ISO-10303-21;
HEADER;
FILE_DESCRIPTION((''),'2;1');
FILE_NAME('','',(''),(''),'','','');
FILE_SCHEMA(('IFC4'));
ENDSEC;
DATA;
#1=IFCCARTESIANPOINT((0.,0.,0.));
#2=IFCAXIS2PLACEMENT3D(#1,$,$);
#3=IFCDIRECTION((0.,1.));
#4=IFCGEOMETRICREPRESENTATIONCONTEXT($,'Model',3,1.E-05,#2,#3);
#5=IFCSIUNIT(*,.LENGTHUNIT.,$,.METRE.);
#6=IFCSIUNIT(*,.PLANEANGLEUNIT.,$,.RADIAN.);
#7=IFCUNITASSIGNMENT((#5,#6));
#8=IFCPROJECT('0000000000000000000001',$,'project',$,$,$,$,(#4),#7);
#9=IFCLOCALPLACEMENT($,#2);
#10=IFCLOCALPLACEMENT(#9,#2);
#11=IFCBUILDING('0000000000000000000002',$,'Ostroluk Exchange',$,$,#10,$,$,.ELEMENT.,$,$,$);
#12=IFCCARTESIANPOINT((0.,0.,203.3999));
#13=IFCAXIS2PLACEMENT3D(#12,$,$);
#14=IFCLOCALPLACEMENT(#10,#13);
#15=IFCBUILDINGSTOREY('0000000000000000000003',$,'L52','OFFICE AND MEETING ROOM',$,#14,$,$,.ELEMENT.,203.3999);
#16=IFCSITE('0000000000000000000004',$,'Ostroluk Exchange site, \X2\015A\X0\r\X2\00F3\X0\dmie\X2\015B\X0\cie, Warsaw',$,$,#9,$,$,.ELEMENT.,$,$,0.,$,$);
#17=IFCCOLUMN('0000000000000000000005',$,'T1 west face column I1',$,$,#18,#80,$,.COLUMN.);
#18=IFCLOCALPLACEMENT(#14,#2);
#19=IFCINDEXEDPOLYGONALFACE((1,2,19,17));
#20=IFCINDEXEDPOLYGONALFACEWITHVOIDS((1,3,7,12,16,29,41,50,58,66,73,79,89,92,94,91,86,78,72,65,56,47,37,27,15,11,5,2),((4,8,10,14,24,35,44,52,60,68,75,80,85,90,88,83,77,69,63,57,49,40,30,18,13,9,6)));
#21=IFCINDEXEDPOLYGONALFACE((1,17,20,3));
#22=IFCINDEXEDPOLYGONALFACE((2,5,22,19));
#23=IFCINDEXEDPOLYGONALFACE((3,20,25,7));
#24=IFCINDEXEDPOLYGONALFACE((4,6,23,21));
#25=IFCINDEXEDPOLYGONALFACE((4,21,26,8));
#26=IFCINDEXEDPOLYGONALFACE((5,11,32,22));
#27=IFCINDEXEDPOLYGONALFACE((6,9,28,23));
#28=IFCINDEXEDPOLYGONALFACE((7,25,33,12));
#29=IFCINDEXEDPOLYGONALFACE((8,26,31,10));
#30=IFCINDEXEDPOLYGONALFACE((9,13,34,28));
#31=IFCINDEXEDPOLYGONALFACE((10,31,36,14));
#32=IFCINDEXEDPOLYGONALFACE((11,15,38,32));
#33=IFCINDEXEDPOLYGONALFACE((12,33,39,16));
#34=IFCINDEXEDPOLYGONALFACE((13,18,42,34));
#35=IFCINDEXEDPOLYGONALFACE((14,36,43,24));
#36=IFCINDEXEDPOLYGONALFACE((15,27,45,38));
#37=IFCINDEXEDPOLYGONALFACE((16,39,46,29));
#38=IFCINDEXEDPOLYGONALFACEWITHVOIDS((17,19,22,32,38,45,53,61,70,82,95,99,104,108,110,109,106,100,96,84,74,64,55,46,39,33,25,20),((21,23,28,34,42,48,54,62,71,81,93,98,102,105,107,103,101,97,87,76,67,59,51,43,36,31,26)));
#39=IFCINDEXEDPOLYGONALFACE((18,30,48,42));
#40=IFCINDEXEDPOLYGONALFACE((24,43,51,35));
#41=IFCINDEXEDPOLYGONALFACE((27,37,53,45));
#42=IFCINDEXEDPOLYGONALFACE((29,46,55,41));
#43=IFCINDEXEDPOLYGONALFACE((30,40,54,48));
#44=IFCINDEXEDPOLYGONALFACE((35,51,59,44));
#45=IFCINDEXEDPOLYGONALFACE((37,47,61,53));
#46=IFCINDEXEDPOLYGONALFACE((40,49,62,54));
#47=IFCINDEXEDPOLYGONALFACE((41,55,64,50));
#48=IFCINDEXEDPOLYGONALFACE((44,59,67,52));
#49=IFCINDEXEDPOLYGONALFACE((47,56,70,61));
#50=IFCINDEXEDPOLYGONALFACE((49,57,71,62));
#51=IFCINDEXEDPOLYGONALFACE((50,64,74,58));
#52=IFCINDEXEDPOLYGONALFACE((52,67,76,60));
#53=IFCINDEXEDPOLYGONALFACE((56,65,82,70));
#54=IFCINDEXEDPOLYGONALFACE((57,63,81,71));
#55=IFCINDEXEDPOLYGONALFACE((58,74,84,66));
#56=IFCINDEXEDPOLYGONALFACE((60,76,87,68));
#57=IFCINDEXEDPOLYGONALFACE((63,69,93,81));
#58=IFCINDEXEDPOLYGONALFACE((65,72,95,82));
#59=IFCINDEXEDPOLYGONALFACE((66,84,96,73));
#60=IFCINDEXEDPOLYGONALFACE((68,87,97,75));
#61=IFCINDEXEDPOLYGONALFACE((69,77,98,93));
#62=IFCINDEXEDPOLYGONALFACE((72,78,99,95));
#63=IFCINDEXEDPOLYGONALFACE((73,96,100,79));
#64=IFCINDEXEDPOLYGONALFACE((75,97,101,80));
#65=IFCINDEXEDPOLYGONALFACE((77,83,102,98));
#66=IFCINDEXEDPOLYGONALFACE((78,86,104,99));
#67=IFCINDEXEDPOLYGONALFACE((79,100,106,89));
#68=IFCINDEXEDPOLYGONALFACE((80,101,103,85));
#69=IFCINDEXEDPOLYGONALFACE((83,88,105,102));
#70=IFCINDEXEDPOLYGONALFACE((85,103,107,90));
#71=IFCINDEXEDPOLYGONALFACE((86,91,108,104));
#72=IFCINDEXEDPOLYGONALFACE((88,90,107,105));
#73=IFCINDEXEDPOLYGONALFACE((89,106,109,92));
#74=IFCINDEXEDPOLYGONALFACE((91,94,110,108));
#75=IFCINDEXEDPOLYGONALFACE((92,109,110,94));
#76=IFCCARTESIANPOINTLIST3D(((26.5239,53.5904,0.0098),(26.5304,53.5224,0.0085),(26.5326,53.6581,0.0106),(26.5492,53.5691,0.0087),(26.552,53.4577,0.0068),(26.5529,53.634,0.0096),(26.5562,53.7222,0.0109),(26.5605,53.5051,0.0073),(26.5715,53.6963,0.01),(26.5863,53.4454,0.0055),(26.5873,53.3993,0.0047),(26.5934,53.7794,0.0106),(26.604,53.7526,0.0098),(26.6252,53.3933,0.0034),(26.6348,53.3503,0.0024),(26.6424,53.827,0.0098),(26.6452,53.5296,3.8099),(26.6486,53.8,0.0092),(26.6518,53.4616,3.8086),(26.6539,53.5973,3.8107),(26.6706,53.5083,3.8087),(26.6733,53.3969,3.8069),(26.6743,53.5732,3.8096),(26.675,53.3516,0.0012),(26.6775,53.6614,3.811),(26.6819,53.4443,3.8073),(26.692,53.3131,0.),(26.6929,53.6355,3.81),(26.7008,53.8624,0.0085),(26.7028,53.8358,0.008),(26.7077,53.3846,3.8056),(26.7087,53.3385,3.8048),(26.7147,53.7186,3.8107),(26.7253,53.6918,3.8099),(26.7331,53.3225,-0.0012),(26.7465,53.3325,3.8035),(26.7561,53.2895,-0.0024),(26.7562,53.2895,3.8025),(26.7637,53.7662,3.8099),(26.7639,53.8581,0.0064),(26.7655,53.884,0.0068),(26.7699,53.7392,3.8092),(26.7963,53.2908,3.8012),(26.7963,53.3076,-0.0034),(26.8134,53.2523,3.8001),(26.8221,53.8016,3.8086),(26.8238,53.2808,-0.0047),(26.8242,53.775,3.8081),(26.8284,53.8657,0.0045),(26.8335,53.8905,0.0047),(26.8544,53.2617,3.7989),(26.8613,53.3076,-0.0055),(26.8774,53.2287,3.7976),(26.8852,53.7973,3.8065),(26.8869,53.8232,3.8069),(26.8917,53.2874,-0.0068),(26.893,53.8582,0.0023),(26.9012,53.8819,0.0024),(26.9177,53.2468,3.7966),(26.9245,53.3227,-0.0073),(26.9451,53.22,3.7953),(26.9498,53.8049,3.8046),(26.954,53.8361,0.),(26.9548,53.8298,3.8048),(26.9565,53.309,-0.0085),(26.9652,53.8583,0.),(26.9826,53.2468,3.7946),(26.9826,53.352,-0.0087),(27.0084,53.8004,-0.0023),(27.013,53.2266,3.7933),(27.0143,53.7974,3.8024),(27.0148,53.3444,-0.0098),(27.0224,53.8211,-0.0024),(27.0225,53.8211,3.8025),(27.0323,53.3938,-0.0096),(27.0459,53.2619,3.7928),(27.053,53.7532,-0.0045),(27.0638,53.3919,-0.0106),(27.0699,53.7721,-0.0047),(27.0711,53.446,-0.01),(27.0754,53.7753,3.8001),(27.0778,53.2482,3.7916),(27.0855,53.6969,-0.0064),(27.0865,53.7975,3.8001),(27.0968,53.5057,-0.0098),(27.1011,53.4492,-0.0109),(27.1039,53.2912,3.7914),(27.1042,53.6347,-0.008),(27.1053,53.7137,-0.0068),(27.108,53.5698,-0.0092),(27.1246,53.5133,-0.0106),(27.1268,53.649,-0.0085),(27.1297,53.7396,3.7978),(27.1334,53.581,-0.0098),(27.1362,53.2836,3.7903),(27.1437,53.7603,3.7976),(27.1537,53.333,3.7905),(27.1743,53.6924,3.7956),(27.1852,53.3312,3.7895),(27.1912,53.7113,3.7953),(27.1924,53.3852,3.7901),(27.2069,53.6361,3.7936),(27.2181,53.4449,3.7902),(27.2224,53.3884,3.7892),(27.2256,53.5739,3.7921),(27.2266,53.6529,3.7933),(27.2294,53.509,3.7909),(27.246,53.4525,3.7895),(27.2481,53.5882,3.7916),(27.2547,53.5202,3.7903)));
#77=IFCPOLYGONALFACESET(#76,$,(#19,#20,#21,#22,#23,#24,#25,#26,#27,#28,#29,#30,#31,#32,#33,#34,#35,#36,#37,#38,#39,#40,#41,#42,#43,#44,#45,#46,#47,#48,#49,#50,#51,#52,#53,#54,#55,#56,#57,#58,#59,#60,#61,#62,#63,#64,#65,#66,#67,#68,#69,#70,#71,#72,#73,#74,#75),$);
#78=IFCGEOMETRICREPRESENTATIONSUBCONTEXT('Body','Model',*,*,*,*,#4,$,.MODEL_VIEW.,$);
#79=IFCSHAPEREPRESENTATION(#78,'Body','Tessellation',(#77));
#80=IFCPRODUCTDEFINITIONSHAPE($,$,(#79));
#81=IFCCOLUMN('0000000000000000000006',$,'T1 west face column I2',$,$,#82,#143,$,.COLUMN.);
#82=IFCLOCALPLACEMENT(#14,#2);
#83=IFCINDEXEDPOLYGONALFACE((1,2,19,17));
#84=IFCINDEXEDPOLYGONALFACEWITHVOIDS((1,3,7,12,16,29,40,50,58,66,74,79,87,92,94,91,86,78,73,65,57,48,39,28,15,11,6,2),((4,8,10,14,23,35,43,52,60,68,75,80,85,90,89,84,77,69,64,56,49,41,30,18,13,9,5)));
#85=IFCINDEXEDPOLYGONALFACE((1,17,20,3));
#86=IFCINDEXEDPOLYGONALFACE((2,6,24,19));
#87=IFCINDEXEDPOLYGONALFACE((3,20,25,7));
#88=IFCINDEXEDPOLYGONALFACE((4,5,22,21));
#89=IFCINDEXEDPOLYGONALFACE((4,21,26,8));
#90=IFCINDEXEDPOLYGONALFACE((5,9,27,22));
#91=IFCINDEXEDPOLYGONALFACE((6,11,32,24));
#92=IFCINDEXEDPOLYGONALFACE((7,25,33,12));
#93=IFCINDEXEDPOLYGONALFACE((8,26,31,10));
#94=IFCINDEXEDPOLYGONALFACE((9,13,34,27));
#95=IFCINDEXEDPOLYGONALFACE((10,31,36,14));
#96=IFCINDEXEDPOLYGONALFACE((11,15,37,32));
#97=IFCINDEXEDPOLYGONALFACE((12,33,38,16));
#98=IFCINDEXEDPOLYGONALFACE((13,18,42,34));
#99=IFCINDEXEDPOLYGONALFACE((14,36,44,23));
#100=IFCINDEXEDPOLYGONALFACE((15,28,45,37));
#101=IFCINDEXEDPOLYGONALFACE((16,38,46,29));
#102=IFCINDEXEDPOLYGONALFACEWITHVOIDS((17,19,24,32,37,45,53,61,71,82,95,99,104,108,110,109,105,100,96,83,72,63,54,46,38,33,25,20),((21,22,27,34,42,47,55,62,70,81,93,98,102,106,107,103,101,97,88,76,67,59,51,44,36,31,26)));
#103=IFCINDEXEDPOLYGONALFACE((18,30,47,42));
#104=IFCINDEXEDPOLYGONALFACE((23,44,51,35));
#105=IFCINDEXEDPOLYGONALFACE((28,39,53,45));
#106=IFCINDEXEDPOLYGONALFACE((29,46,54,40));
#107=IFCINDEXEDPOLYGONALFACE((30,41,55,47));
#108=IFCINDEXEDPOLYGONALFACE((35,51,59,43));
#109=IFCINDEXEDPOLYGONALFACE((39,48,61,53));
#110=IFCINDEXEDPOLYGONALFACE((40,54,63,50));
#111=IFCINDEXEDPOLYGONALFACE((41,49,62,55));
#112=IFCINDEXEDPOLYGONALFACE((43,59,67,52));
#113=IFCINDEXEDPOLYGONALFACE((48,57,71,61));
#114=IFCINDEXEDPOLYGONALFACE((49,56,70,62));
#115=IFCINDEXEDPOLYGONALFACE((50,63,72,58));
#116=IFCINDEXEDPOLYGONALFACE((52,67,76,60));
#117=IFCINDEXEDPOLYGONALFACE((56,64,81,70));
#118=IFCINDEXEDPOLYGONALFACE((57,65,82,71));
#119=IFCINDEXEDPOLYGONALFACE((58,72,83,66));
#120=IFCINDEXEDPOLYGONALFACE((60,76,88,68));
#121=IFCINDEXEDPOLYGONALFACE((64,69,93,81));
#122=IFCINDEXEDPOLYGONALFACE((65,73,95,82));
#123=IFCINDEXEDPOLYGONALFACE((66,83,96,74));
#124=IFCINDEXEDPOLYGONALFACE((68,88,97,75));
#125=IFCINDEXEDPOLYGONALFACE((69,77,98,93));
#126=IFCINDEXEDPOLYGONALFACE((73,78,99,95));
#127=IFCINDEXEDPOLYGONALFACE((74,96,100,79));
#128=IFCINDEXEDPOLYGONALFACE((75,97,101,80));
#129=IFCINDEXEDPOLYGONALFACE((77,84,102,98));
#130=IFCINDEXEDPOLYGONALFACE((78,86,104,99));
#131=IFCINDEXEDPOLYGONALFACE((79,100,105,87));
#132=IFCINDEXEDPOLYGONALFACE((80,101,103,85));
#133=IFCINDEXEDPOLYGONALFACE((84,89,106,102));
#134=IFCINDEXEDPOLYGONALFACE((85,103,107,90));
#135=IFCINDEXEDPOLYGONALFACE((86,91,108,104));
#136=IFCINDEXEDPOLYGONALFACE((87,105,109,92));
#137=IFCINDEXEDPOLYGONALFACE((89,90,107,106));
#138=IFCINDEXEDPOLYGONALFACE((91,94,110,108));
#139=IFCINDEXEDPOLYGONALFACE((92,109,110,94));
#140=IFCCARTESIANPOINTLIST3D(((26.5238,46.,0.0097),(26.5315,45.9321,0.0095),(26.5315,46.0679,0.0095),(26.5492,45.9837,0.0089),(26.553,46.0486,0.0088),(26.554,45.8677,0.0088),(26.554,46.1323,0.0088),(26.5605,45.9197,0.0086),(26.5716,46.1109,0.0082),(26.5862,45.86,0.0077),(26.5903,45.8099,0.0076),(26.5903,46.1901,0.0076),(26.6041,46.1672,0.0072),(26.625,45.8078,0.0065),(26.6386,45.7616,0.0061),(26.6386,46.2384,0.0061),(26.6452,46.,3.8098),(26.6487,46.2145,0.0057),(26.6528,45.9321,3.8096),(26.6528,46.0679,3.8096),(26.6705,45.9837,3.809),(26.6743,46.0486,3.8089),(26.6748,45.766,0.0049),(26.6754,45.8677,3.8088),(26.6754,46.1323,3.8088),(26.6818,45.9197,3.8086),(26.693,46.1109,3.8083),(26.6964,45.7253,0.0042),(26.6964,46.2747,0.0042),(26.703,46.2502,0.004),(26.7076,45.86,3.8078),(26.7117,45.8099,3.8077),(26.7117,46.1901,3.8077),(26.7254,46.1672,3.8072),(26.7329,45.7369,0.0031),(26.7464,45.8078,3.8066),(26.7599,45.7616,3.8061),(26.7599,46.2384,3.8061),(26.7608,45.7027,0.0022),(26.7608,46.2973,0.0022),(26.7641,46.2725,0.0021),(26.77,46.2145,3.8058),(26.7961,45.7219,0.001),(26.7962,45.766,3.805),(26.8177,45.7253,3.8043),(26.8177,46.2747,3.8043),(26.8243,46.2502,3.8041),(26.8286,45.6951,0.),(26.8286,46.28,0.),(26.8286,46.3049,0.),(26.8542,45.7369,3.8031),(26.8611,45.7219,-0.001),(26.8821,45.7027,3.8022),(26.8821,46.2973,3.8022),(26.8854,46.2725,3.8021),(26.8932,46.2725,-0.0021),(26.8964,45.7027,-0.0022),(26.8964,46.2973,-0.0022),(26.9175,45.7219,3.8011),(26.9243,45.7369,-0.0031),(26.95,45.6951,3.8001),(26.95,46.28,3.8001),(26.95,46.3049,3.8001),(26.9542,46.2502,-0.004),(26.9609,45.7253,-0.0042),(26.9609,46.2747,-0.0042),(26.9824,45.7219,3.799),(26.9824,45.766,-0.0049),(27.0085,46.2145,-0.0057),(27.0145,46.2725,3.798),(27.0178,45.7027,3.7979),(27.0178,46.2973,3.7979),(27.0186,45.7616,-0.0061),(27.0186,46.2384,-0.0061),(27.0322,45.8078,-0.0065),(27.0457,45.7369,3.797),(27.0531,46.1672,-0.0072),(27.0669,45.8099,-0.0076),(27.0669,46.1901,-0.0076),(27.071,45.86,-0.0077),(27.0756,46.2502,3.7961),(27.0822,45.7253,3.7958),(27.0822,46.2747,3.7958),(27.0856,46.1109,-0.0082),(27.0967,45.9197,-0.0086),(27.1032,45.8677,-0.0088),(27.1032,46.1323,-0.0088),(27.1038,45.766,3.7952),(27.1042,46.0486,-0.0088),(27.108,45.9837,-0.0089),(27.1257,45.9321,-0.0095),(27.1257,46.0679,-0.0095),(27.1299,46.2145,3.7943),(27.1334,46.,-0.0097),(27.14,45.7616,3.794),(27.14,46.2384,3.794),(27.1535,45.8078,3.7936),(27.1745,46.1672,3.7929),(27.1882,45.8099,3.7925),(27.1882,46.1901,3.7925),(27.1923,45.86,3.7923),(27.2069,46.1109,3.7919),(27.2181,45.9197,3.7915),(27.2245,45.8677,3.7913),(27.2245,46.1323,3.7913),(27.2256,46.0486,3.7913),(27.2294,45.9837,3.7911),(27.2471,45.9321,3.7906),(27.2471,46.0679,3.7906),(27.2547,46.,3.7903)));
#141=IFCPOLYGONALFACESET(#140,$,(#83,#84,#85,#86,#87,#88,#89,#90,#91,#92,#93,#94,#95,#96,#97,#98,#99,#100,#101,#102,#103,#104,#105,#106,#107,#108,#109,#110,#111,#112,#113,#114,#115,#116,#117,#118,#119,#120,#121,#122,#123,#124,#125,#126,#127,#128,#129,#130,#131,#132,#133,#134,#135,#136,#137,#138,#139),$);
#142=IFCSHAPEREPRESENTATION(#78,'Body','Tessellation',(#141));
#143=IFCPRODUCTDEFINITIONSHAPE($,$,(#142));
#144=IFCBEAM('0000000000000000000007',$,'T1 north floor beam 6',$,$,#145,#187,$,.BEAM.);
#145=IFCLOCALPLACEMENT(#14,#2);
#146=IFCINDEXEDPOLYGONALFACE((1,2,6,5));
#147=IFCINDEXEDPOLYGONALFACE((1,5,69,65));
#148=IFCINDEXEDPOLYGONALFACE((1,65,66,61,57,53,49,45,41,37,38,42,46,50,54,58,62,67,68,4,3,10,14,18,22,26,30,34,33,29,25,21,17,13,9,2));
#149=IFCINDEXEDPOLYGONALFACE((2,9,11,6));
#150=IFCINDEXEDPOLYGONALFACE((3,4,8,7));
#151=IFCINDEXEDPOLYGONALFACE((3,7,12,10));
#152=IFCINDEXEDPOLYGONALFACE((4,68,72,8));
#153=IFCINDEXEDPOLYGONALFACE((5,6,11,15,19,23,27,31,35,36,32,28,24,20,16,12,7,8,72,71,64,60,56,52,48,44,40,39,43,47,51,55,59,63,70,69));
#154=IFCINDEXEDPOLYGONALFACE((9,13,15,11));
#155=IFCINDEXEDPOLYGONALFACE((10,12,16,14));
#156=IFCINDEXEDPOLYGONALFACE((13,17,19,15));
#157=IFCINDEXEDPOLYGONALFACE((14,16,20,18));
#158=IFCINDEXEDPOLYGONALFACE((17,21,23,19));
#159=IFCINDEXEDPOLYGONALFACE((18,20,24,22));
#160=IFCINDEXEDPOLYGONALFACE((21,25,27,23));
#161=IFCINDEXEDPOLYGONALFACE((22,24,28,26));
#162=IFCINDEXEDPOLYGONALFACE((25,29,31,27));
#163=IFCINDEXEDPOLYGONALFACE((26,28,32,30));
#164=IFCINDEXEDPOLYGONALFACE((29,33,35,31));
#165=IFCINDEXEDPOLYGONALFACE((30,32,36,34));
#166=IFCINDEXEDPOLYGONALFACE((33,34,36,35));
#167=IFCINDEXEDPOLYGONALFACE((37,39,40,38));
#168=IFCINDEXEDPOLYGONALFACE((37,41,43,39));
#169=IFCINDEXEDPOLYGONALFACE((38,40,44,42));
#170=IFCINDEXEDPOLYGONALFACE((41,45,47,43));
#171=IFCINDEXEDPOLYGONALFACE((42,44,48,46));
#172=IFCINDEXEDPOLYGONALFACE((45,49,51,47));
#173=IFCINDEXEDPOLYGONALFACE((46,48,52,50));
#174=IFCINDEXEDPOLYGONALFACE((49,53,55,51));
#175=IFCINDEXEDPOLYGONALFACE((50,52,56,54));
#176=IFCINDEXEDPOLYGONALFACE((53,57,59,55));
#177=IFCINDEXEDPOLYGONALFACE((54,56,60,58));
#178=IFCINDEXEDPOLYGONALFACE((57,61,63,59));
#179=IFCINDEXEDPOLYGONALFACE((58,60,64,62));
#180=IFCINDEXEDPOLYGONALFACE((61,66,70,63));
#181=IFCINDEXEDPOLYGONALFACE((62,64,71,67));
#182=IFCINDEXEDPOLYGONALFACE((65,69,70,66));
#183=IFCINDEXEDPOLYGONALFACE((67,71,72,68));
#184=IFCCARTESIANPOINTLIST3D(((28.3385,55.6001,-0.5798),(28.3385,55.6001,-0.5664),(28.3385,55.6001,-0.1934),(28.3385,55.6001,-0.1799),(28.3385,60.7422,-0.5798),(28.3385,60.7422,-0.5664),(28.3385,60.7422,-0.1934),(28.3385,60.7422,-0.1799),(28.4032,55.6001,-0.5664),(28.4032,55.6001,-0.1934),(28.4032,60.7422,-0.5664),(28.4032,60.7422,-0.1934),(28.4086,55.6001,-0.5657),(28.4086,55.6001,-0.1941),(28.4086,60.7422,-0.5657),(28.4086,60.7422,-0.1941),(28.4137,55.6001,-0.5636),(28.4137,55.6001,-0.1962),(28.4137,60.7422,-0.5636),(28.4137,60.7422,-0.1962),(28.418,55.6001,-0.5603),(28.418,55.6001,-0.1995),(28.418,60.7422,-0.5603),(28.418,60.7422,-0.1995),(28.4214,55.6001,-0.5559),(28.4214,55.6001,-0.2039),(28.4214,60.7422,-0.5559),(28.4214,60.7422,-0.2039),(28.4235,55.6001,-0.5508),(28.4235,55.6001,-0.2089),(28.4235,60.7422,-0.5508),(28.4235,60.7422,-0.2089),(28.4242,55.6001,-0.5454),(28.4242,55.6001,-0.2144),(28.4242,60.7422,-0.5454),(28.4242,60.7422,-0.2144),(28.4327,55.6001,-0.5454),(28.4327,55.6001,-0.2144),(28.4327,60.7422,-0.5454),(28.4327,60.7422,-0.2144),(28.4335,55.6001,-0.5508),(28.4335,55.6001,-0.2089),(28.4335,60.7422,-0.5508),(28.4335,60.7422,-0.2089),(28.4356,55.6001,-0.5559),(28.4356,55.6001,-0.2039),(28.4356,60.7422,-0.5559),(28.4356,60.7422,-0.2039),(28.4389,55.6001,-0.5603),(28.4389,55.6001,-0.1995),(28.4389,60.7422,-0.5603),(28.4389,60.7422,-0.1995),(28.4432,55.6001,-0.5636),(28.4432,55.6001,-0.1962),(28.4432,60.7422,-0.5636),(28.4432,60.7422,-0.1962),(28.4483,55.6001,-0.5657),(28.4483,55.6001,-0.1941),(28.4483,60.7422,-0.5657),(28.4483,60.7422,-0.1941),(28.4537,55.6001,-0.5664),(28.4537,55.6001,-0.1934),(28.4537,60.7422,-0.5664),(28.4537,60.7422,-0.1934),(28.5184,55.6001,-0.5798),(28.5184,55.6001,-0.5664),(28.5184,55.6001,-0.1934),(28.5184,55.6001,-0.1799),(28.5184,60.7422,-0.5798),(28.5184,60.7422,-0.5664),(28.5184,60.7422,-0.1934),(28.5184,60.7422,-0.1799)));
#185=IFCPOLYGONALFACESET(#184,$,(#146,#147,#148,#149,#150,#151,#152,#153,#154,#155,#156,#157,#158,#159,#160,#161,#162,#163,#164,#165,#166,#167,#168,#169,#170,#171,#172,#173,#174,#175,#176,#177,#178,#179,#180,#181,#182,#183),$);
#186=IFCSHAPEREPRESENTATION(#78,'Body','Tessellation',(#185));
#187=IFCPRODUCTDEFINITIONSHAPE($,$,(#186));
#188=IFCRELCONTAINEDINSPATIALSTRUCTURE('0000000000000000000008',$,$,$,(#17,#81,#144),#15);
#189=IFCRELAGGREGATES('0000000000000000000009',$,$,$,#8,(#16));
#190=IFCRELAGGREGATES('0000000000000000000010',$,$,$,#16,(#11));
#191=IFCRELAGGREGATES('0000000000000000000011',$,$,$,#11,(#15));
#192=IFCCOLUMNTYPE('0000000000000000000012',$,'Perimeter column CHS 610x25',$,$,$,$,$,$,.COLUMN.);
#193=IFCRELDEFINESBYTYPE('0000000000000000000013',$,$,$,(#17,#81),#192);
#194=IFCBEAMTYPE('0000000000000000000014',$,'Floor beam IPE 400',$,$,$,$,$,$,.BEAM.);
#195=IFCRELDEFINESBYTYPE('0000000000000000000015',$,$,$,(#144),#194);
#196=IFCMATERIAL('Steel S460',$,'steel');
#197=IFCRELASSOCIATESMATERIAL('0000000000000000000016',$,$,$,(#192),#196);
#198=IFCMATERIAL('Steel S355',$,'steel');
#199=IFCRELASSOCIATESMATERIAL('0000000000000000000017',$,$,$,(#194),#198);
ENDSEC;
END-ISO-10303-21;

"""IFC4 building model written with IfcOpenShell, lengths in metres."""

from ifc_helpers import new_model, si_unit, direction, frame, origin, origin_2d, place, context, subcontext, project, spatial, hollow_circle, i_section, extrude, material, material_profile, profile_set, type_object, element, save


model = new_model("IFC4")

# Units and contexts
model_context = context("Model", 3, precision=1e-05, world=origin(), true_north=direction((0.0, 1.0)))
body_context = subcontext(model_context, "Body", "Model", "MODEL_VIEW")
ifc_project = project(units=[si_unit("LENGTHUNIT", "METRE"), si_unit("PLANEANGLEUNIT", "RADIAN")], contexts=[model_context])

# Site, building, storey
site_placement = place(None, origin())
site = spatial("IfcSite", under=ifc_project, at=site_placement, Name="Ostroluk Exchange site, Śródmieście, Warsaw", CompositionType="ELEMENT", RefElevation=0.0)
building_placement = place(site_placement, origin())
building = spatial("IfcBuilding", under=site, at=building_placement, Name="Ostroluk Exchange", CompositionType="ELEMENT")
storey_placement = place(building_placement, frame((0.0, 0.0, 203.3999)))
storey = spatial("IfcBuildingStorey", under=building, at=storey_placement, Name="L52", Description="OFFICE AND MEETING ROOM", CompositionType="ELEMENT", Elevation=203.3999)

# Columns
ifc_material_1 = material(Name="Steel S460", Category="steel")
ifc_material_profile_1 = material_profile(ifc_material_1, hollow_circle(Radius=0.3049, WallThickness=0.0249, at=origin_2d()), Name="CHS 610x25")
ifc_profile_set_1 = profile_set([ifc_material_profile_1], Name="Steel S460")
column_type = type_object("IfcColumnType", Name="Perimeter column CHS 610x25", PredefinedType="COLUMN", material=ifc_profile_set_1)
column_1_placement = place(storey_placement, frame((26.8286, 53.5857, 0.0), z_axis=(0.03191, -0.015987, 0.999363), x_axis=(0.447933, 0.894067, 0.0)))
element("IfcColumn", 1, at=column_1_placement, inside=storey, type_object=column_type, Name="T1 west face column I1", PredefinedType="COLUMN", context=body_context, shape_type="SweptSolid", body=[
    extrude(hollow_circle(Radius=0.3049, WallThickness=0.0249, at=origin_2d()), origin(), (0.0, 0.0, 1.0), 3.8025),
])
column_2_placement = place(storey_placement, frame((26.8286, 46.0, 0.0), z_axis=(0.031914, 0.0, 0.999491), x_axis=(0.0, 1.0, 0.0)))
element("IfcColumn", 2, at=column_2_placement, inside=storey, type_object=column_type, Name="T1 west face column I2", PredefinedType="COLUMN", context=body_context, shape_type="SweptSolid", body=[
    extrude(hollow_circle(Radius=0.3049, WallThickness=0.0249, at=origin_2d()), origin(), (0.0, 0.0, 1.0), 3.802),
])

# Beam
ifc_material_2 = material(Name="Steel S355", Category="steel")
ifc_material_profile_2 = material_profile(ifc_material_2, i_section(OverallWidth=0.1799, OverallDepth=0.3999, WebThickness=0.0085, FlangeThickness=0.0134, FilletRadius=0.021, at=origin_2d()), Name="IPE 400")
ifc_profile_set_2 = profile_set([ifc_material_profile_2], Name="Steel S355")
beam_type_1 = type_object("IfcBeamType", Name="Floor beam IPE 400", PredefinedType="BEAM", material=ifc_profile_set_2)
beam_placement = place(storey_placement, frame((28.4285, 55.6001, -0.3799), z_axis=(0.0, 1.0, 0.0), x_axis=(-1.0, 0.0, 0.0)))
element("IfcBeam", 3, at=beam_placement, inside=storey, type_object=beam_type_1, Name="T1 north floor beam 6", PredefinedType="BEAM", context=body_context, shape_type="SweptSolid", body=[
    extrude(i_section(OverallWidth=0.1799, OverallDepth=0.3999, WebThickness=0.0085, FlangeThickness=0.0134, FilletRadius=0.021, at=origin_2d()), origin(), (0.0, 0.0, 1.0), 5.1421),
])

save(model, "model.ifc")
